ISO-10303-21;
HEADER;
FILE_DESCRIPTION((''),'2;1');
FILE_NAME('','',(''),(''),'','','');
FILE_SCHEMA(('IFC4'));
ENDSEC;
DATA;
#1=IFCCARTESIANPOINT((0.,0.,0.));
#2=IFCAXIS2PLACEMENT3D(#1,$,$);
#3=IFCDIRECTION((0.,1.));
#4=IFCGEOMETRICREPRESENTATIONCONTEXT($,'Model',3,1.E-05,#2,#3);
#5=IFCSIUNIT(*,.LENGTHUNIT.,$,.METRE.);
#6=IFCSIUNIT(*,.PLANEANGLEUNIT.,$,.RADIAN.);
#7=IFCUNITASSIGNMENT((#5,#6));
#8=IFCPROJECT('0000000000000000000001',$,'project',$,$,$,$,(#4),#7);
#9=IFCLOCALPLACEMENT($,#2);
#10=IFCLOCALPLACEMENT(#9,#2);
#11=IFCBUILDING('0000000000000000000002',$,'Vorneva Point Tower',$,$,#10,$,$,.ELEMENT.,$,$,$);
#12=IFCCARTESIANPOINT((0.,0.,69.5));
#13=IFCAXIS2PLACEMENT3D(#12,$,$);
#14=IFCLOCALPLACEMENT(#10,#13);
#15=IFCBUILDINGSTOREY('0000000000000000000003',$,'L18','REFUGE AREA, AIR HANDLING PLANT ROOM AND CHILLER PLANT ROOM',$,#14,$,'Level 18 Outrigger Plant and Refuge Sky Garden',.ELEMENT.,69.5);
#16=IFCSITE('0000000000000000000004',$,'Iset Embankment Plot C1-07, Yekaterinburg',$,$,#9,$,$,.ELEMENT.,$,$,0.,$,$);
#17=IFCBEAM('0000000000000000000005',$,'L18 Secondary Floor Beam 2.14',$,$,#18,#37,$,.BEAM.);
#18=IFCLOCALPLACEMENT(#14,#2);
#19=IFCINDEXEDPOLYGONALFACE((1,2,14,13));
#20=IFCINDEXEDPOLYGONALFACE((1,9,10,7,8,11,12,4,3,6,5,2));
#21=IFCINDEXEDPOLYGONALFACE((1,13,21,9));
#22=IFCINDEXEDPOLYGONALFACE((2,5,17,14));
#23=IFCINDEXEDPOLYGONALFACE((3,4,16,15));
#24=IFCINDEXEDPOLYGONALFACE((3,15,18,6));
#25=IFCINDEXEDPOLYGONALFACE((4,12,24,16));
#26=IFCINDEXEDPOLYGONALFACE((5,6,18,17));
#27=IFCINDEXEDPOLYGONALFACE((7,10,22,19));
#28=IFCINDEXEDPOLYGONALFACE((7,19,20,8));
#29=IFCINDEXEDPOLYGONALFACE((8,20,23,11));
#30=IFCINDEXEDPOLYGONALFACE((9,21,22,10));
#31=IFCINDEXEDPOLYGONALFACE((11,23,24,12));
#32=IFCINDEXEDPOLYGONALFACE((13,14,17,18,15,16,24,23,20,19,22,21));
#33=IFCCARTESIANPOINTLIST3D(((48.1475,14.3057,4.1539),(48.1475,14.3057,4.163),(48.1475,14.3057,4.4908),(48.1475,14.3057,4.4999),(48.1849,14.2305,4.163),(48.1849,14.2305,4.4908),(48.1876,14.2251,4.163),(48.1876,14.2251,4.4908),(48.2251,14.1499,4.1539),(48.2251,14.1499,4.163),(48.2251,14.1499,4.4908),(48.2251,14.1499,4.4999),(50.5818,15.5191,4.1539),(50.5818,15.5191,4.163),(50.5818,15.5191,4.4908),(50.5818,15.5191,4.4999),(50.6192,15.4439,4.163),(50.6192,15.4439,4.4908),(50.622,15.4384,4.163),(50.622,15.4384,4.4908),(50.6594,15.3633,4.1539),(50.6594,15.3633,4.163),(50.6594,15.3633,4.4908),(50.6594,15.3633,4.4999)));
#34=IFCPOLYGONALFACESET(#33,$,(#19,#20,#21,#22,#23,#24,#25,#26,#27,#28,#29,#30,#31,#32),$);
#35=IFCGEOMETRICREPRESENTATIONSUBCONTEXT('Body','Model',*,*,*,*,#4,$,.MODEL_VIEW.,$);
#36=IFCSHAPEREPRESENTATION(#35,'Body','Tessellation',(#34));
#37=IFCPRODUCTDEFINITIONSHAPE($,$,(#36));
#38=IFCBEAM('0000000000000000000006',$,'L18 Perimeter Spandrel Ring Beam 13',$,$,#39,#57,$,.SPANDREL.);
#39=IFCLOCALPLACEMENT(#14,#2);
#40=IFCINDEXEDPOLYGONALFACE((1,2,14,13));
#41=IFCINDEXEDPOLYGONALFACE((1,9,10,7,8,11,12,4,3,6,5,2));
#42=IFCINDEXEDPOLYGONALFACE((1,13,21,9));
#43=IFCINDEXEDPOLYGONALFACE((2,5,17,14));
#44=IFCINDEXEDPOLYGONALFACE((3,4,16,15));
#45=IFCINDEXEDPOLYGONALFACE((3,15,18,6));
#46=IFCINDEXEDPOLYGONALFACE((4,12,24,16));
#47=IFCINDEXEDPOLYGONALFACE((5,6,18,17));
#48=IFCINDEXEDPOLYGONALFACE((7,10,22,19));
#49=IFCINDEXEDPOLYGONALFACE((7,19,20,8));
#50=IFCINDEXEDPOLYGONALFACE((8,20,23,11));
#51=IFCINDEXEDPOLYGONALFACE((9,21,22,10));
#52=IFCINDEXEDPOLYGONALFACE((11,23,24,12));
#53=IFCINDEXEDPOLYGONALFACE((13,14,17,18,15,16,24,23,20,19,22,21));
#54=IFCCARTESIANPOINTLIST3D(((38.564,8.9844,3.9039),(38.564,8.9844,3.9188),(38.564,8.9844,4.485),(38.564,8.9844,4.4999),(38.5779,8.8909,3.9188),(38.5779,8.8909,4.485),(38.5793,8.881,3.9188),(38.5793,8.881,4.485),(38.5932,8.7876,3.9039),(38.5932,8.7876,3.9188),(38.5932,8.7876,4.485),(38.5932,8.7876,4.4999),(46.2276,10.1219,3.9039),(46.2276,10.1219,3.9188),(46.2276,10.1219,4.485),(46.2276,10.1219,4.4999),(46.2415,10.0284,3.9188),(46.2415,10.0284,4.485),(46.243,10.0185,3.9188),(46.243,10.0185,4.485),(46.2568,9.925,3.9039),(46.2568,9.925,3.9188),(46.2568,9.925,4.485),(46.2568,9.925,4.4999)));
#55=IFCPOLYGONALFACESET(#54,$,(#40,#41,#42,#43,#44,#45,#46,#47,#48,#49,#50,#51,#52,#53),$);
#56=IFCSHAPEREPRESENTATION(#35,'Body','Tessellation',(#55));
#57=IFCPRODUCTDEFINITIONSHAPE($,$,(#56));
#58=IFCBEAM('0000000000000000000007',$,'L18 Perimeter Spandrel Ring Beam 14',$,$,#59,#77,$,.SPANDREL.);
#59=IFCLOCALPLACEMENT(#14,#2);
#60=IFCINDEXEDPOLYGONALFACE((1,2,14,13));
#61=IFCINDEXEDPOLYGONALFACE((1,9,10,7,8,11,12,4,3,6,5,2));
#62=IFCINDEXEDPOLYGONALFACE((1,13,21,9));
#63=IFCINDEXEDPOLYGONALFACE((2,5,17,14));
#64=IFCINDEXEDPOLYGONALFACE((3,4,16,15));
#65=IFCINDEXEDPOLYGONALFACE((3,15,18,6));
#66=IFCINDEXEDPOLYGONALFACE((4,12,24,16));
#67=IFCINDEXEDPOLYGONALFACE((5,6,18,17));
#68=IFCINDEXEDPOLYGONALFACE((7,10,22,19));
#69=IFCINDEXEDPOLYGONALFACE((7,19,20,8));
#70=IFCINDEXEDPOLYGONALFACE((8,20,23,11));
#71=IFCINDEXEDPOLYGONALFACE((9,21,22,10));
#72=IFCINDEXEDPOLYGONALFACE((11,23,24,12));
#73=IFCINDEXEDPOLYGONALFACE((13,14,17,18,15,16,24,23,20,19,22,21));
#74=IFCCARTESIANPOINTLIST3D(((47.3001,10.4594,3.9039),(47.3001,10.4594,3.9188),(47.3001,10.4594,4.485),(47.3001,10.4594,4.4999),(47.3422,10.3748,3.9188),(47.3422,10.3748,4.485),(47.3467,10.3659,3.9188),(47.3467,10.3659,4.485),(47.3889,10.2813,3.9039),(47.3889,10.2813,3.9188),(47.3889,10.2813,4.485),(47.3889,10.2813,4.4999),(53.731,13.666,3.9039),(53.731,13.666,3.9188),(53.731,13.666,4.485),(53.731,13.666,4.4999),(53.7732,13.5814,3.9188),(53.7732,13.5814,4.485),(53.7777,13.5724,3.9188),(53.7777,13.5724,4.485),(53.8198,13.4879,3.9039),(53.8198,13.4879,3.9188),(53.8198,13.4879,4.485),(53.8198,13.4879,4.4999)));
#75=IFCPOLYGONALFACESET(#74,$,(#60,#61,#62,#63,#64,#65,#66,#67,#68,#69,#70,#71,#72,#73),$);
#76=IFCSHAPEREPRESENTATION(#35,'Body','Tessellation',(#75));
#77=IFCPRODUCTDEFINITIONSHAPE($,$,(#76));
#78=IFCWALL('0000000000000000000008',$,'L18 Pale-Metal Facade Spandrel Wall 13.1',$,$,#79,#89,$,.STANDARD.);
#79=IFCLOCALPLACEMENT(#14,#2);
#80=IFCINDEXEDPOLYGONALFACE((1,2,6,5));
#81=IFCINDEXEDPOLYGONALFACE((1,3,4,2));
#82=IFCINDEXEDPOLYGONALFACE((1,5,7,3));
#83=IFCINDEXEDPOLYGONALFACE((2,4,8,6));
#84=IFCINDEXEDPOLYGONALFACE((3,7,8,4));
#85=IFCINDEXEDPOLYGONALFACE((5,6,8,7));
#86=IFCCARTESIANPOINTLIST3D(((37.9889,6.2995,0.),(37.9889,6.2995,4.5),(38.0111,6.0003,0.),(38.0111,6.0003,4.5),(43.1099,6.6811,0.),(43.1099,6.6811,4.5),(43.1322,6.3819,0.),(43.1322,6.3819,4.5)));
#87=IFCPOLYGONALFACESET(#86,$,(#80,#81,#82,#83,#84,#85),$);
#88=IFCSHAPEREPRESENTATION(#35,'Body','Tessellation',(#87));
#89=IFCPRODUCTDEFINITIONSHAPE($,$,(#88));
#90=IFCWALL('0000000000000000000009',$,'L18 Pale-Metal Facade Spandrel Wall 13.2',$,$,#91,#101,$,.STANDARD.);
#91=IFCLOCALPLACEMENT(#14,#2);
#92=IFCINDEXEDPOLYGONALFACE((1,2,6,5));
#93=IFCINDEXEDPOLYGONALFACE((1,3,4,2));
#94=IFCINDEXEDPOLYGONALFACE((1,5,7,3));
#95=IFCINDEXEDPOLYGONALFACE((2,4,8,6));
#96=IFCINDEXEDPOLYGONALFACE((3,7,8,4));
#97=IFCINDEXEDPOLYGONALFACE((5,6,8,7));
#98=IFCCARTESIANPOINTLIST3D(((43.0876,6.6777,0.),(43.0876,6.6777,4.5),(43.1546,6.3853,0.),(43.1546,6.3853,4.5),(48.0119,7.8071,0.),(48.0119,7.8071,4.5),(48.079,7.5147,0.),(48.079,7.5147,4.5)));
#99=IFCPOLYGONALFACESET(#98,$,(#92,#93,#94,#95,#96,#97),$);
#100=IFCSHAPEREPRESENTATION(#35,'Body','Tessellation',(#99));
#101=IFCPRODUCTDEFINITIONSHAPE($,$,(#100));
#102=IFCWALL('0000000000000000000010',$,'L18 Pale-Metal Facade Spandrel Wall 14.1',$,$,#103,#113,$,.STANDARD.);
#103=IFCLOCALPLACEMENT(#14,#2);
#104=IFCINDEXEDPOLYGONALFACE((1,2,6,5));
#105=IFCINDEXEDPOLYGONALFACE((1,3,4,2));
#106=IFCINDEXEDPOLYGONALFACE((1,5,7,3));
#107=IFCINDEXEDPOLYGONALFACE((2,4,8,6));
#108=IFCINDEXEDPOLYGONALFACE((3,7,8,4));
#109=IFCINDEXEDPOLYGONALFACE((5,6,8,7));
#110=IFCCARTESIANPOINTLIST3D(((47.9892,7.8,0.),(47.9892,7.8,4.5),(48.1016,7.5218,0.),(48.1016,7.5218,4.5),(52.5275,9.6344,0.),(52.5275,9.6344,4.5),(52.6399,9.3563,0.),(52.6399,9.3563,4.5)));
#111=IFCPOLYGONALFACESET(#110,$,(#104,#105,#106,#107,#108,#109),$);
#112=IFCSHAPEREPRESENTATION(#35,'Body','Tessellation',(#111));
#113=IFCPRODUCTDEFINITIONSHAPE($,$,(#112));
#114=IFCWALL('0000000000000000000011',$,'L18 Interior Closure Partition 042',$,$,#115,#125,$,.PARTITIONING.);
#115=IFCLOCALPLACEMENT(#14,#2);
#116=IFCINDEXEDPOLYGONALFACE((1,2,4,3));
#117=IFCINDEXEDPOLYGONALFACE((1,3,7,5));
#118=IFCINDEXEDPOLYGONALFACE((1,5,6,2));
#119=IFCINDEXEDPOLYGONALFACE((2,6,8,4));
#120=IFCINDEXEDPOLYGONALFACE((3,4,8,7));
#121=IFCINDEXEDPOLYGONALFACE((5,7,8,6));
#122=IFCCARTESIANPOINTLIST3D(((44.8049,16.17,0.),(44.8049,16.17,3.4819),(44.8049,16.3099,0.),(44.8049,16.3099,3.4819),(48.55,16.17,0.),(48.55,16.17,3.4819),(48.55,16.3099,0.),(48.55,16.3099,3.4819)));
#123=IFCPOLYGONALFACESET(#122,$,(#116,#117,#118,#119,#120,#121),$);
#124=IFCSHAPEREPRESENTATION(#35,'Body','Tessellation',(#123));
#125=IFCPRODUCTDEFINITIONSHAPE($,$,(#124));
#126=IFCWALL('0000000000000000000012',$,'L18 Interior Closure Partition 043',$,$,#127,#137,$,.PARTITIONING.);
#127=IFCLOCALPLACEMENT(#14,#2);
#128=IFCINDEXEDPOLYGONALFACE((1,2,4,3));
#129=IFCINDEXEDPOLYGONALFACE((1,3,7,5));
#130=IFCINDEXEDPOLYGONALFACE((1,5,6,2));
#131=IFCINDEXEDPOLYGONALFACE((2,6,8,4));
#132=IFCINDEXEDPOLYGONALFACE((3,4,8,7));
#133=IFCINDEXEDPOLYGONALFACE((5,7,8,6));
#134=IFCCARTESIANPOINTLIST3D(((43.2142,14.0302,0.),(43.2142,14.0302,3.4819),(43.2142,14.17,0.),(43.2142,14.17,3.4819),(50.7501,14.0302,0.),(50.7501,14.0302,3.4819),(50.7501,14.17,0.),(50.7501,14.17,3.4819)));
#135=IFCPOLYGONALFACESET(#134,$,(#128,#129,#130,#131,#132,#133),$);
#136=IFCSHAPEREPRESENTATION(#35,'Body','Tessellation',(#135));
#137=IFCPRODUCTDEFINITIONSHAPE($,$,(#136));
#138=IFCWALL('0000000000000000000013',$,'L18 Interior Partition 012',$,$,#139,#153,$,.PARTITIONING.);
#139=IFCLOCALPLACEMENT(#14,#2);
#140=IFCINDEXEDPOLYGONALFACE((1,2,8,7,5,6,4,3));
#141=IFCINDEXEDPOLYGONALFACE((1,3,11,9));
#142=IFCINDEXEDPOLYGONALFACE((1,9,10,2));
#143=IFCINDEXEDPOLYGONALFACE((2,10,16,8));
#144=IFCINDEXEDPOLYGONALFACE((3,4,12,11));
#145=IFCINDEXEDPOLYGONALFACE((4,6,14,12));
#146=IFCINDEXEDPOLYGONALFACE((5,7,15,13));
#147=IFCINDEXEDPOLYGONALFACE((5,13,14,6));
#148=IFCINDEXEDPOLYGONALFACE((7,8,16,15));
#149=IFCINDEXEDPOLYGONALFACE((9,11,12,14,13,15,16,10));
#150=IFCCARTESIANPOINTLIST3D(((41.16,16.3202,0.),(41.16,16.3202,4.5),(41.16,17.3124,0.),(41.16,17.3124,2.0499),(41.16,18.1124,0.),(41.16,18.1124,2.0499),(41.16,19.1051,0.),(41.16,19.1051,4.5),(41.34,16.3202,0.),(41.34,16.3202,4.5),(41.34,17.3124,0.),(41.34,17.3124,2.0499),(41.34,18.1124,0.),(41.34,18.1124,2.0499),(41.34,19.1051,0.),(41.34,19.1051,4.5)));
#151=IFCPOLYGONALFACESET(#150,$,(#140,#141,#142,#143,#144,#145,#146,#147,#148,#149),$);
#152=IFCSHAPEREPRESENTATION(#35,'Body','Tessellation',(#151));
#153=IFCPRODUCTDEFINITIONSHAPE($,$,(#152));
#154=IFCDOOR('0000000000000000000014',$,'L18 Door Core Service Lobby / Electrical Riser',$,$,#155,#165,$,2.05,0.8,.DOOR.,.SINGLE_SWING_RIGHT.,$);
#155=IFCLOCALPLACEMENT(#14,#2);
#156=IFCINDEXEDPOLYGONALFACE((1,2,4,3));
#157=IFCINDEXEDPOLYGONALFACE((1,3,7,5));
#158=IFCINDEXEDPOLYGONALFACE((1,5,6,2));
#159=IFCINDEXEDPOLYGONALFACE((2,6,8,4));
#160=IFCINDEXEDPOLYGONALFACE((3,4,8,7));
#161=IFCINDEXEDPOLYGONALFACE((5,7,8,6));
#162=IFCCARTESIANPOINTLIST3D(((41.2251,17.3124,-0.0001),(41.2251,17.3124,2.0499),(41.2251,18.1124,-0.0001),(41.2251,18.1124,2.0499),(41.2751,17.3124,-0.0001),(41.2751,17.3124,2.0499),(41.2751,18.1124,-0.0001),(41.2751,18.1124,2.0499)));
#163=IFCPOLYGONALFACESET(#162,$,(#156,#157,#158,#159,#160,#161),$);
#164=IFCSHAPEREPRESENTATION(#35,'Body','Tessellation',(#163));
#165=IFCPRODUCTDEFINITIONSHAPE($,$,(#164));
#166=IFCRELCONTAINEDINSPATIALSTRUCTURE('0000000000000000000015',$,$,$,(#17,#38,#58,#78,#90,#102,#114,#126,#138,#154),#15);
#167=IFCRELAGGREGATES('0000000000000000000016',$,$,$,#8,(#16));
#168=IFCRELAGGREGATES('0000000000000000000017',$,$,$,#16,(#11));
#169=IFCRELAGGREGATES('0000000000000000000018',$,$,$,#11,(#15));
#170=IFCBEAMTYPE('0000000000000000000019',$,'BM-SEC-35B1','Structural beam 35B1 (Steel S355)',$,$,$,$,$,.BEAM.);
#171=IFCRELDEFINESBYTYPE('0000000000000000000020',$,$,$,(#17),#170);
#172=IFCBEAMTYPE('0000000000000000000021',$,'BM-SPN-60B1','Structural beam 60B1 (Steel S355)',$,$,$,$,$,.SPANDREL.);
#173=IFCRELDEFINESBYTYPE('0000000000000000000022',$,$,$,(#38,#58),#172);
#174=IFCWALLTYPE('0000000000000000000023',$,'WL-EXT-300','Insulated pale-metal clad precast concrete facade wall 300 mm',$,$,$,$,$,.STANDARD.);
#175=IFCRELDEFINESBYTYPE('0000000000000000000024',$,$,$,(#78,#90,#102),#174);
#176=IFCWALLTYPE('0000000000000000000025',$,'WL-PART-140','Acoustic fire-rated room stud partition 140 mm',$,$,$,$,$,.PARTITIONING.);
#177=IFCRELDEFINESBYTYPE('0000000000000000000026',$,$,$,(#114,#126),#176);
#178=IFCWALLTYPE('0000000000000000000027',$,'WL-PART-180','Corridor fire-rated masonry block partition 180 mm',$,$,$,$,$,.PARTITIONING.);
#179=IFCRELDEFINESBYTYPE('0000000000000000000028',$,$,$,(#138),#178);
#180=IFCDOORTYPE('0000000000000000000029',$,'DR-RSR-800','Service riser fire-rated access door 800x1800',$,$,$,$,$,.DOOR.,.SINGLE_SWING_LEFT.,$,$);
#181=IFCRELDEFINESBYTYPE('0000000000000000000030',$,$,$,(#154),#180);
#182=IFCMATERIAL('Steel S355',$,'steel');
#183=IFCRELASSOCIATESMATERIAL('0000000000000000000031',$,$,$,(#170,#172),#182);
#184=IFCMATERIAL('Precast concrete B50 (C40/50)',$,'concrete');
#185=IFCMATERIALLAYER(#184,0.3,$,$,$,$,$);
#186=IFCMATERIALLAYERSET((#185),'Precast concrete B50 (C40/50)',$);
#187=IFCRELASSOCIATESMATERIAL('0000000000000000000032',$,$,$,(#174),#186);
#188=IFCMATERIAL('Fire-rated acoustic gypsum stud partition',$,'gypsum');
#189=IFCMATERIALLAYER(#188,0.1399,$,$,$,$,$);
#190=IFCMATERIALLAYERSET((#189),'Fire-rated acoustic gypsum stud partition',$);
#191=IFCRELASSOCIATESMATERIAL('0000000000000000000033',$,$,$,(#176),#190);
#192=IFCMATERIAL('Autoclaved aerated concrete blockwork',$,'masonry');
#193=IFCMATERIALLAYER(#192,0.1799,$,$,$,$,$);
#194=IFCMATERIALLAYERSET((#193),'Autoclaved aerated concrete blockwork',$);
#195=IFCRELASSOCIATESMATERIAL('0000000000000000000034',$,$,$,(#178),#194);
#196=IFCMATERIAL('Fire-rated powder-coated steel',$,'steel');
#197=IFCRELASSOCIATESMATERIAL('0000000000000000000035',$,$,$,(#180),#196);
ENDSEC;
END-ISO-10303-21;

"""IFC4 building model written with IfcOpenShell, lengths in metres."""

from ifc_helpers import new_model, si_unit, direction, frame, frame_2d, origin, origin_2d, place, context, subcontext, project, spatial, rectangle, i_section, extrude, material, layer, layer_set, material_profile, profile_set, type_object, element, fill, save


model = new_model("IFC4")

# Units and contexts
model_context = context("Model", 3, precision=1e-05, world=origin(), true_north=direction((0.0, 1.0)))
body_context = subcontext(model_context, "Body", "Model", "MODEL_VIEW")
ifc_project = project(units=[si_unit("LENGTHUNIT", "METRE"), si_unit("PLANEANGLEUNIT", "RADIAN")], contexts=[model_context])

# Site, building, storey
site_placement = place(None, origin())
site = spatial("IfcSite", under=ifc_project, at=site_placement, Name="Iset Embankment Plot C1-07, Yekaterinburg", CompositionType="ELEMENT", RefElevation=0.0)
building_placement = place(site_placement, origin())
building = spatial("IfcBuilding", under=site, at=building_placement, Name="Vorneva Point Tower", CompositionType="ELEMENT")
storey_placement = place(building_placement, frame((0.0, 0.0, 69.5)))
storey = spatial("IfcBuildingStorey", under=building, at=storey_placement, Name="L18", Description="REFUGE AREA, AIR HANDLING PLANT ROOM AND CHILLER PLANT ROOM", LongName="Level 18 Outrigger Plant and Refuge Sky Garden", CompositionType="ELEMENT", Elevation=69.5)

# Beams
ifc_material_1 = material(Name="Steel S355", Category="steel")
ifc_material_profile_1 = material_profile(ifc_material_1, i_section(OverallWidth=0.1741, OverallDepth=0.3459, WebThickness=0.0061, FlangeThickness=0.009, at=origin_2d()), Name="35B1")
ifc_profile_set_1 = profile_set([ifc_material_profile_1], Name="Steel S355")
beam_type_1 = type_object("IfcBeamType", Name="BM-SEC-35B1", Description="Structural beam 35B1 (Steel S355)", PredefinedType="BEAM", material=ifc_profile_set_1)
beam_1_placement = place(storey_placement, frame((48.1863, 14.2278, 4.3269), z_axis=(0.894983, 0.4461, 0.0), x_axis=(-0.4461, 0.894983, 0.0)))
element("IfcBeam", 1, at=beam_1_placement, inside=storey, type_object=beam_type_1, Name="L18 Secondary Floor Beam 2.14", PredefinedType="BEAM", context=body_context, shape_type="SweptSolid", body=[
    extrude(i_section(OverallWidth=0.1741, OverallDepth=0.3459, WebThickness=0.0061, FlangeThickness=0.009, at=origin_2d()), origin(), (0.0, 0.0, 1.0), 2.72),
])
ifc_material_profile_2 = material_profile(ifc_material_1, i_section(OverallWidth=0.199, OverallDepth=0.5959, WebThickness=0.01, FlangeThickness=0.0149, at=origin_2d()), Name="60B1")
ifc_profile_set_2 = profile_set([ifc_material_profile_2], Name="Steel S355")
beam_type_2 = type_object("IfcBeamType", Name="BM-SPN-60B1", Description="Structural beam 60B1 (Steel S355)", PredefinedType="SPANDREL", material=ifc_profile_set_2)
beam_2_placement = place(storey_placement, frame((38.5786, 8.886, 4.2019), z_axis=(0.989164, 0.146815, 0.0), x_axis=(-0.146815, 0.989164, 0.0)))
element("IfcBeam", 2, at=beam_2_placement, inside=storey, type_object=beam_type_2, Name="L18 Perimeter Spandrel Ring Beam 13", PredefinedType="SPANDREL", context=body_context, shape_type="SweptSolid", body=[
    extrude(i_section(OverallWidth=0.199, OverallDepth=0.5959, WebThickness=0.01, FlangeThickness=0.0149, at=origin_2d()), origin(), (0.0, 0.0, 1.0), 7.7476),
])
beam_3_placement = place(storey_placement, frame((47.3445, 10.3704, 4.2019), z_axis=(0.894923, 0.446221, 0.0), x_axis=(-0.446221, 0.894923, 0.0)))
element("IfcBeam", 3, at=beam_3_placement, inside=storey, type_object=beam_type_2, Name="L18 Perimeter Spandrel Ring Beam 14", PredefinedType="SPANDREL", context=body_context, shape_type="SweptSolid", body=[
    extrude(i_section(OverallWidth=0.199, OverallDepth=0.5959, WebThickness=0.01, FlangeThickness=0.0149, at=origin_2d()), origin(), (0.0, 0.0, 1.0), 7.186),
])

# Walls
ifc_material_2 = material(Name="Precast concrete B50 (C40/50)", Category="concrete")
ifc_layer_1 = layer(ifc_material_2, 0.3)
ifc_layer_set_1 = layer_set([ifc_layer_1], Name="Precast concrete B50 (C40/50)")
wall_type_1 = type_object("IfcWallType", Name="WL-EXT-300", Description="Insulated pale-metal clad precast concrete facade wall 300 mm", PredefinedType="STANDARD", material=ifc_layer_set_1)
wall_1_placement = place(storey_placement, frame((38.0, 6.1499, 0.0), z_axis=(0.0, 0.0, 1.0), x_axis=(0.997235, 0.074308, 0.0)))
element("IfcWall", 4, at=wall_1_placement, inside=storey, type_object=wall_type_1, Name="L18 Pale-Metal Facade Spandrel Wall 13.1", PredefinedType="STANDARD", context=body_context, shape_type="SweptSolid", body=[
    extrude(rectangle(XDim=5.1353, YDim=0.3, at=frame_2d((2.5676, 0.0))), origin(), (0.0, 0.0, 1.0), 4.5),
])
wall_2_placement = place(storey_placement, frame((43.1211, 6.5315, 0.0), z_axis=(0.0, 0.0, 1.0), x_axis=(0.974693, 0.223546, 0.0)))
element("IfcWall", 5, at=wall_2_placement, inside=storey, type_object=wall_type_1, Name="L18 Pale-Metal Facade Spandrel Wall 13.2", PredefinedType="STANDARD", context=body_context, shape_type="SweptSolid", body=[
    extrude(rectangle(XDim=5.0522, YDim=0.3, at=frame_2d((2.5261, 0.0))), origin(), (0.0, 0.0, 1.0), 4.5),
])
wall_3_placement = place(storey_placement, frame((48.0454, 7.6609, 0.0), z_axis=(0.0, 0.0, 1.0), x_axis=(0.927122, 0.374759, 0.0)))
element("IfcWall", 6, at=wall_3_placement, inside=storey, type_object=wall_type_1, Name="L18 Pale-Metal Facade Spandrel Wall 14.1", PredefinedType="STANDARD", context=body_context, shape_type="SweptSolid", body=[
    extrude(rectangle(XDim=4.895, YDim=0.3, at=frame_2d((2.4475, 0.0))), origin(), (0.0, 0.0, 1.0), 4.5),
])
ifc_material_3 = material(Name="Fire-rated acoustic gypsum stud partition", Category="gypsum")
ifc_layer_2 = layer(ifc_material_3, 0.1399)
ifc_layer_set_2 = layer_set([ifc_layer_2], Name="Fire-rated acoustic gypsum stud partition")
wall_type_2 = type_object("IfcWallType", Name="WL-PART-140", Description="Acoustic fire-rated room stud partition 140 mm", PredefinedType="PARTITIONING", material=ifc_layer_set_2)
wall_4_placement = place(storey_placement, frame((48.55, 16.24, 0.0), z_axis=(0.0, 0.0, 1.0), x_axis=(-1.0, 0.0, 0.0)))
element("IfcWall", 7, at=wall_4_placement, inside=storey, type_object=wall_type_2, Name="L18 Interior Closure Partition 042", PredefinedType="PARTITIONING", context=body_context, shape_type="SweptSolid", body=[
    extrude(rectangle(XDim=3.7451, YDim=0.1399, at=frame_2d((1.8726, 0.0))), origin(), (0.0, 0.0, 1.0), 3.4819),
])
wall_5_placement = place(storey_placement, frame((43.2141, 14.1001, 0.0), z_axis=(0.0, 0.0, 1.0), x_axis=(1.0, 0.0, 0.0)))
element("IfcWall", 8, at=wall_5_placement, inside=storey, type_object=wall_type_2, Name="L18 Interior Closure Partition 043", PredefinedType="PARTITIONING", context=body_context, shape_type="SweptSolid", body=[
    extrude(rectangle(XDim=7.5359, YDim=0.1399, at=frame_2d((3.7681, 0.0))), origin(), (0.0, 0.0, 1.0), 3.4819),
])

# Wall, opening, door
ifc_material_4 = material(Name="Autoclaved aerated concrete blockwork", Category="masonry")
ifc_layer_3 = layer(ifc_material_4, 0.1799)
ifc_layer_set_3 = layer_set([ifc_layer_3], Name="Autoclaved aerated concrete blockwork")
wall_type_3 = type_object("IfcWallType", Name="WL-PART-180", Description="Corridor fire-rated masonry block partition 180 mm", PredefinedType="PARTITIONING", material=ifc_layer_set_3)
wall_6_placement = place(storey_placement, frame((41.25, 16.3201, 0.0), z_axis=(0.0, 0.0, 1.0), x_axis=(0.0, 1.0, 0.0)))
wall_6 = element("IfcWall", 9, at=wall_6_placement, inside=storey, type_object=wall_type_3, Name="L18 Interior Partition 012", PredefinedType="PARTITIONING", context=body_context, shape_type="SweptSolid", body=[
    extrude(rectangle(XDim=2.7849, YDim=0.1799, at=frame_2d((1.3926, 0.0))), origin(), (0.0, 0.0, 1.0), 4.5),
])
opening_1_placement = place(wall_6_placement, frame((0.9924, 0.0, 0.0)))
opening_1 = element("IfcOpeningElement", 10, at=opening_1_placement, cuts=wall_6, PredefinedType="OPENING", context=body_context, shape_type="SweptSolid", body=[
    extrude(rectangle(XDim=0.8, YDim=2.05, at=frame_2d((0.3999, 1.0249))), frame((0.0, 0.105, 0.0), z_axis=(0.0, -1.0, 0.0), x_axis=(1.0, 0.0, 0.0)), (0.0, 0.0, 1.0), 0.2097),
])
ifc_material_5 = material(Name="Fire-rated powder-coated steel", Category="steel")
door_type_1 = type_object("IfcDoorType", Name="DR-RSR-800", Description="Service riser fire-rated access door 800x1800", OperationType="SINGLE_SWING_LEFT", PredefinedType="DOOR", material=ifc_material_5)
door_1_placement = place(opening_1_placement, origin())
door_1 = element("IfcDoor", 11, at=door_1_placement, inside=storey, type_object=door_type_1, Name="L18 Door Core Service Lobby / Electrical Riser", OperationType="SINGLE_SWING_RIGHT", OverallHeight=2.05, OverallWidth=0.8, PredefinedType="DOOR", context=body_context, shape_type="SweptSolid", body=[
    extrude(rectangle(XDim=0.8, YDim=2.05, at=frame_2d((0.3999, 1.0249))), frame((0.0, 0.0249, 0.0), z_axis=(0.0, -1.0, 0.0), x_axis=(1.0, 0.0, 0.0)), (0.0, 0.0, 1.0), 0.05),
])
fill(opening_1, door_1)

save(model, "model.ifc")
